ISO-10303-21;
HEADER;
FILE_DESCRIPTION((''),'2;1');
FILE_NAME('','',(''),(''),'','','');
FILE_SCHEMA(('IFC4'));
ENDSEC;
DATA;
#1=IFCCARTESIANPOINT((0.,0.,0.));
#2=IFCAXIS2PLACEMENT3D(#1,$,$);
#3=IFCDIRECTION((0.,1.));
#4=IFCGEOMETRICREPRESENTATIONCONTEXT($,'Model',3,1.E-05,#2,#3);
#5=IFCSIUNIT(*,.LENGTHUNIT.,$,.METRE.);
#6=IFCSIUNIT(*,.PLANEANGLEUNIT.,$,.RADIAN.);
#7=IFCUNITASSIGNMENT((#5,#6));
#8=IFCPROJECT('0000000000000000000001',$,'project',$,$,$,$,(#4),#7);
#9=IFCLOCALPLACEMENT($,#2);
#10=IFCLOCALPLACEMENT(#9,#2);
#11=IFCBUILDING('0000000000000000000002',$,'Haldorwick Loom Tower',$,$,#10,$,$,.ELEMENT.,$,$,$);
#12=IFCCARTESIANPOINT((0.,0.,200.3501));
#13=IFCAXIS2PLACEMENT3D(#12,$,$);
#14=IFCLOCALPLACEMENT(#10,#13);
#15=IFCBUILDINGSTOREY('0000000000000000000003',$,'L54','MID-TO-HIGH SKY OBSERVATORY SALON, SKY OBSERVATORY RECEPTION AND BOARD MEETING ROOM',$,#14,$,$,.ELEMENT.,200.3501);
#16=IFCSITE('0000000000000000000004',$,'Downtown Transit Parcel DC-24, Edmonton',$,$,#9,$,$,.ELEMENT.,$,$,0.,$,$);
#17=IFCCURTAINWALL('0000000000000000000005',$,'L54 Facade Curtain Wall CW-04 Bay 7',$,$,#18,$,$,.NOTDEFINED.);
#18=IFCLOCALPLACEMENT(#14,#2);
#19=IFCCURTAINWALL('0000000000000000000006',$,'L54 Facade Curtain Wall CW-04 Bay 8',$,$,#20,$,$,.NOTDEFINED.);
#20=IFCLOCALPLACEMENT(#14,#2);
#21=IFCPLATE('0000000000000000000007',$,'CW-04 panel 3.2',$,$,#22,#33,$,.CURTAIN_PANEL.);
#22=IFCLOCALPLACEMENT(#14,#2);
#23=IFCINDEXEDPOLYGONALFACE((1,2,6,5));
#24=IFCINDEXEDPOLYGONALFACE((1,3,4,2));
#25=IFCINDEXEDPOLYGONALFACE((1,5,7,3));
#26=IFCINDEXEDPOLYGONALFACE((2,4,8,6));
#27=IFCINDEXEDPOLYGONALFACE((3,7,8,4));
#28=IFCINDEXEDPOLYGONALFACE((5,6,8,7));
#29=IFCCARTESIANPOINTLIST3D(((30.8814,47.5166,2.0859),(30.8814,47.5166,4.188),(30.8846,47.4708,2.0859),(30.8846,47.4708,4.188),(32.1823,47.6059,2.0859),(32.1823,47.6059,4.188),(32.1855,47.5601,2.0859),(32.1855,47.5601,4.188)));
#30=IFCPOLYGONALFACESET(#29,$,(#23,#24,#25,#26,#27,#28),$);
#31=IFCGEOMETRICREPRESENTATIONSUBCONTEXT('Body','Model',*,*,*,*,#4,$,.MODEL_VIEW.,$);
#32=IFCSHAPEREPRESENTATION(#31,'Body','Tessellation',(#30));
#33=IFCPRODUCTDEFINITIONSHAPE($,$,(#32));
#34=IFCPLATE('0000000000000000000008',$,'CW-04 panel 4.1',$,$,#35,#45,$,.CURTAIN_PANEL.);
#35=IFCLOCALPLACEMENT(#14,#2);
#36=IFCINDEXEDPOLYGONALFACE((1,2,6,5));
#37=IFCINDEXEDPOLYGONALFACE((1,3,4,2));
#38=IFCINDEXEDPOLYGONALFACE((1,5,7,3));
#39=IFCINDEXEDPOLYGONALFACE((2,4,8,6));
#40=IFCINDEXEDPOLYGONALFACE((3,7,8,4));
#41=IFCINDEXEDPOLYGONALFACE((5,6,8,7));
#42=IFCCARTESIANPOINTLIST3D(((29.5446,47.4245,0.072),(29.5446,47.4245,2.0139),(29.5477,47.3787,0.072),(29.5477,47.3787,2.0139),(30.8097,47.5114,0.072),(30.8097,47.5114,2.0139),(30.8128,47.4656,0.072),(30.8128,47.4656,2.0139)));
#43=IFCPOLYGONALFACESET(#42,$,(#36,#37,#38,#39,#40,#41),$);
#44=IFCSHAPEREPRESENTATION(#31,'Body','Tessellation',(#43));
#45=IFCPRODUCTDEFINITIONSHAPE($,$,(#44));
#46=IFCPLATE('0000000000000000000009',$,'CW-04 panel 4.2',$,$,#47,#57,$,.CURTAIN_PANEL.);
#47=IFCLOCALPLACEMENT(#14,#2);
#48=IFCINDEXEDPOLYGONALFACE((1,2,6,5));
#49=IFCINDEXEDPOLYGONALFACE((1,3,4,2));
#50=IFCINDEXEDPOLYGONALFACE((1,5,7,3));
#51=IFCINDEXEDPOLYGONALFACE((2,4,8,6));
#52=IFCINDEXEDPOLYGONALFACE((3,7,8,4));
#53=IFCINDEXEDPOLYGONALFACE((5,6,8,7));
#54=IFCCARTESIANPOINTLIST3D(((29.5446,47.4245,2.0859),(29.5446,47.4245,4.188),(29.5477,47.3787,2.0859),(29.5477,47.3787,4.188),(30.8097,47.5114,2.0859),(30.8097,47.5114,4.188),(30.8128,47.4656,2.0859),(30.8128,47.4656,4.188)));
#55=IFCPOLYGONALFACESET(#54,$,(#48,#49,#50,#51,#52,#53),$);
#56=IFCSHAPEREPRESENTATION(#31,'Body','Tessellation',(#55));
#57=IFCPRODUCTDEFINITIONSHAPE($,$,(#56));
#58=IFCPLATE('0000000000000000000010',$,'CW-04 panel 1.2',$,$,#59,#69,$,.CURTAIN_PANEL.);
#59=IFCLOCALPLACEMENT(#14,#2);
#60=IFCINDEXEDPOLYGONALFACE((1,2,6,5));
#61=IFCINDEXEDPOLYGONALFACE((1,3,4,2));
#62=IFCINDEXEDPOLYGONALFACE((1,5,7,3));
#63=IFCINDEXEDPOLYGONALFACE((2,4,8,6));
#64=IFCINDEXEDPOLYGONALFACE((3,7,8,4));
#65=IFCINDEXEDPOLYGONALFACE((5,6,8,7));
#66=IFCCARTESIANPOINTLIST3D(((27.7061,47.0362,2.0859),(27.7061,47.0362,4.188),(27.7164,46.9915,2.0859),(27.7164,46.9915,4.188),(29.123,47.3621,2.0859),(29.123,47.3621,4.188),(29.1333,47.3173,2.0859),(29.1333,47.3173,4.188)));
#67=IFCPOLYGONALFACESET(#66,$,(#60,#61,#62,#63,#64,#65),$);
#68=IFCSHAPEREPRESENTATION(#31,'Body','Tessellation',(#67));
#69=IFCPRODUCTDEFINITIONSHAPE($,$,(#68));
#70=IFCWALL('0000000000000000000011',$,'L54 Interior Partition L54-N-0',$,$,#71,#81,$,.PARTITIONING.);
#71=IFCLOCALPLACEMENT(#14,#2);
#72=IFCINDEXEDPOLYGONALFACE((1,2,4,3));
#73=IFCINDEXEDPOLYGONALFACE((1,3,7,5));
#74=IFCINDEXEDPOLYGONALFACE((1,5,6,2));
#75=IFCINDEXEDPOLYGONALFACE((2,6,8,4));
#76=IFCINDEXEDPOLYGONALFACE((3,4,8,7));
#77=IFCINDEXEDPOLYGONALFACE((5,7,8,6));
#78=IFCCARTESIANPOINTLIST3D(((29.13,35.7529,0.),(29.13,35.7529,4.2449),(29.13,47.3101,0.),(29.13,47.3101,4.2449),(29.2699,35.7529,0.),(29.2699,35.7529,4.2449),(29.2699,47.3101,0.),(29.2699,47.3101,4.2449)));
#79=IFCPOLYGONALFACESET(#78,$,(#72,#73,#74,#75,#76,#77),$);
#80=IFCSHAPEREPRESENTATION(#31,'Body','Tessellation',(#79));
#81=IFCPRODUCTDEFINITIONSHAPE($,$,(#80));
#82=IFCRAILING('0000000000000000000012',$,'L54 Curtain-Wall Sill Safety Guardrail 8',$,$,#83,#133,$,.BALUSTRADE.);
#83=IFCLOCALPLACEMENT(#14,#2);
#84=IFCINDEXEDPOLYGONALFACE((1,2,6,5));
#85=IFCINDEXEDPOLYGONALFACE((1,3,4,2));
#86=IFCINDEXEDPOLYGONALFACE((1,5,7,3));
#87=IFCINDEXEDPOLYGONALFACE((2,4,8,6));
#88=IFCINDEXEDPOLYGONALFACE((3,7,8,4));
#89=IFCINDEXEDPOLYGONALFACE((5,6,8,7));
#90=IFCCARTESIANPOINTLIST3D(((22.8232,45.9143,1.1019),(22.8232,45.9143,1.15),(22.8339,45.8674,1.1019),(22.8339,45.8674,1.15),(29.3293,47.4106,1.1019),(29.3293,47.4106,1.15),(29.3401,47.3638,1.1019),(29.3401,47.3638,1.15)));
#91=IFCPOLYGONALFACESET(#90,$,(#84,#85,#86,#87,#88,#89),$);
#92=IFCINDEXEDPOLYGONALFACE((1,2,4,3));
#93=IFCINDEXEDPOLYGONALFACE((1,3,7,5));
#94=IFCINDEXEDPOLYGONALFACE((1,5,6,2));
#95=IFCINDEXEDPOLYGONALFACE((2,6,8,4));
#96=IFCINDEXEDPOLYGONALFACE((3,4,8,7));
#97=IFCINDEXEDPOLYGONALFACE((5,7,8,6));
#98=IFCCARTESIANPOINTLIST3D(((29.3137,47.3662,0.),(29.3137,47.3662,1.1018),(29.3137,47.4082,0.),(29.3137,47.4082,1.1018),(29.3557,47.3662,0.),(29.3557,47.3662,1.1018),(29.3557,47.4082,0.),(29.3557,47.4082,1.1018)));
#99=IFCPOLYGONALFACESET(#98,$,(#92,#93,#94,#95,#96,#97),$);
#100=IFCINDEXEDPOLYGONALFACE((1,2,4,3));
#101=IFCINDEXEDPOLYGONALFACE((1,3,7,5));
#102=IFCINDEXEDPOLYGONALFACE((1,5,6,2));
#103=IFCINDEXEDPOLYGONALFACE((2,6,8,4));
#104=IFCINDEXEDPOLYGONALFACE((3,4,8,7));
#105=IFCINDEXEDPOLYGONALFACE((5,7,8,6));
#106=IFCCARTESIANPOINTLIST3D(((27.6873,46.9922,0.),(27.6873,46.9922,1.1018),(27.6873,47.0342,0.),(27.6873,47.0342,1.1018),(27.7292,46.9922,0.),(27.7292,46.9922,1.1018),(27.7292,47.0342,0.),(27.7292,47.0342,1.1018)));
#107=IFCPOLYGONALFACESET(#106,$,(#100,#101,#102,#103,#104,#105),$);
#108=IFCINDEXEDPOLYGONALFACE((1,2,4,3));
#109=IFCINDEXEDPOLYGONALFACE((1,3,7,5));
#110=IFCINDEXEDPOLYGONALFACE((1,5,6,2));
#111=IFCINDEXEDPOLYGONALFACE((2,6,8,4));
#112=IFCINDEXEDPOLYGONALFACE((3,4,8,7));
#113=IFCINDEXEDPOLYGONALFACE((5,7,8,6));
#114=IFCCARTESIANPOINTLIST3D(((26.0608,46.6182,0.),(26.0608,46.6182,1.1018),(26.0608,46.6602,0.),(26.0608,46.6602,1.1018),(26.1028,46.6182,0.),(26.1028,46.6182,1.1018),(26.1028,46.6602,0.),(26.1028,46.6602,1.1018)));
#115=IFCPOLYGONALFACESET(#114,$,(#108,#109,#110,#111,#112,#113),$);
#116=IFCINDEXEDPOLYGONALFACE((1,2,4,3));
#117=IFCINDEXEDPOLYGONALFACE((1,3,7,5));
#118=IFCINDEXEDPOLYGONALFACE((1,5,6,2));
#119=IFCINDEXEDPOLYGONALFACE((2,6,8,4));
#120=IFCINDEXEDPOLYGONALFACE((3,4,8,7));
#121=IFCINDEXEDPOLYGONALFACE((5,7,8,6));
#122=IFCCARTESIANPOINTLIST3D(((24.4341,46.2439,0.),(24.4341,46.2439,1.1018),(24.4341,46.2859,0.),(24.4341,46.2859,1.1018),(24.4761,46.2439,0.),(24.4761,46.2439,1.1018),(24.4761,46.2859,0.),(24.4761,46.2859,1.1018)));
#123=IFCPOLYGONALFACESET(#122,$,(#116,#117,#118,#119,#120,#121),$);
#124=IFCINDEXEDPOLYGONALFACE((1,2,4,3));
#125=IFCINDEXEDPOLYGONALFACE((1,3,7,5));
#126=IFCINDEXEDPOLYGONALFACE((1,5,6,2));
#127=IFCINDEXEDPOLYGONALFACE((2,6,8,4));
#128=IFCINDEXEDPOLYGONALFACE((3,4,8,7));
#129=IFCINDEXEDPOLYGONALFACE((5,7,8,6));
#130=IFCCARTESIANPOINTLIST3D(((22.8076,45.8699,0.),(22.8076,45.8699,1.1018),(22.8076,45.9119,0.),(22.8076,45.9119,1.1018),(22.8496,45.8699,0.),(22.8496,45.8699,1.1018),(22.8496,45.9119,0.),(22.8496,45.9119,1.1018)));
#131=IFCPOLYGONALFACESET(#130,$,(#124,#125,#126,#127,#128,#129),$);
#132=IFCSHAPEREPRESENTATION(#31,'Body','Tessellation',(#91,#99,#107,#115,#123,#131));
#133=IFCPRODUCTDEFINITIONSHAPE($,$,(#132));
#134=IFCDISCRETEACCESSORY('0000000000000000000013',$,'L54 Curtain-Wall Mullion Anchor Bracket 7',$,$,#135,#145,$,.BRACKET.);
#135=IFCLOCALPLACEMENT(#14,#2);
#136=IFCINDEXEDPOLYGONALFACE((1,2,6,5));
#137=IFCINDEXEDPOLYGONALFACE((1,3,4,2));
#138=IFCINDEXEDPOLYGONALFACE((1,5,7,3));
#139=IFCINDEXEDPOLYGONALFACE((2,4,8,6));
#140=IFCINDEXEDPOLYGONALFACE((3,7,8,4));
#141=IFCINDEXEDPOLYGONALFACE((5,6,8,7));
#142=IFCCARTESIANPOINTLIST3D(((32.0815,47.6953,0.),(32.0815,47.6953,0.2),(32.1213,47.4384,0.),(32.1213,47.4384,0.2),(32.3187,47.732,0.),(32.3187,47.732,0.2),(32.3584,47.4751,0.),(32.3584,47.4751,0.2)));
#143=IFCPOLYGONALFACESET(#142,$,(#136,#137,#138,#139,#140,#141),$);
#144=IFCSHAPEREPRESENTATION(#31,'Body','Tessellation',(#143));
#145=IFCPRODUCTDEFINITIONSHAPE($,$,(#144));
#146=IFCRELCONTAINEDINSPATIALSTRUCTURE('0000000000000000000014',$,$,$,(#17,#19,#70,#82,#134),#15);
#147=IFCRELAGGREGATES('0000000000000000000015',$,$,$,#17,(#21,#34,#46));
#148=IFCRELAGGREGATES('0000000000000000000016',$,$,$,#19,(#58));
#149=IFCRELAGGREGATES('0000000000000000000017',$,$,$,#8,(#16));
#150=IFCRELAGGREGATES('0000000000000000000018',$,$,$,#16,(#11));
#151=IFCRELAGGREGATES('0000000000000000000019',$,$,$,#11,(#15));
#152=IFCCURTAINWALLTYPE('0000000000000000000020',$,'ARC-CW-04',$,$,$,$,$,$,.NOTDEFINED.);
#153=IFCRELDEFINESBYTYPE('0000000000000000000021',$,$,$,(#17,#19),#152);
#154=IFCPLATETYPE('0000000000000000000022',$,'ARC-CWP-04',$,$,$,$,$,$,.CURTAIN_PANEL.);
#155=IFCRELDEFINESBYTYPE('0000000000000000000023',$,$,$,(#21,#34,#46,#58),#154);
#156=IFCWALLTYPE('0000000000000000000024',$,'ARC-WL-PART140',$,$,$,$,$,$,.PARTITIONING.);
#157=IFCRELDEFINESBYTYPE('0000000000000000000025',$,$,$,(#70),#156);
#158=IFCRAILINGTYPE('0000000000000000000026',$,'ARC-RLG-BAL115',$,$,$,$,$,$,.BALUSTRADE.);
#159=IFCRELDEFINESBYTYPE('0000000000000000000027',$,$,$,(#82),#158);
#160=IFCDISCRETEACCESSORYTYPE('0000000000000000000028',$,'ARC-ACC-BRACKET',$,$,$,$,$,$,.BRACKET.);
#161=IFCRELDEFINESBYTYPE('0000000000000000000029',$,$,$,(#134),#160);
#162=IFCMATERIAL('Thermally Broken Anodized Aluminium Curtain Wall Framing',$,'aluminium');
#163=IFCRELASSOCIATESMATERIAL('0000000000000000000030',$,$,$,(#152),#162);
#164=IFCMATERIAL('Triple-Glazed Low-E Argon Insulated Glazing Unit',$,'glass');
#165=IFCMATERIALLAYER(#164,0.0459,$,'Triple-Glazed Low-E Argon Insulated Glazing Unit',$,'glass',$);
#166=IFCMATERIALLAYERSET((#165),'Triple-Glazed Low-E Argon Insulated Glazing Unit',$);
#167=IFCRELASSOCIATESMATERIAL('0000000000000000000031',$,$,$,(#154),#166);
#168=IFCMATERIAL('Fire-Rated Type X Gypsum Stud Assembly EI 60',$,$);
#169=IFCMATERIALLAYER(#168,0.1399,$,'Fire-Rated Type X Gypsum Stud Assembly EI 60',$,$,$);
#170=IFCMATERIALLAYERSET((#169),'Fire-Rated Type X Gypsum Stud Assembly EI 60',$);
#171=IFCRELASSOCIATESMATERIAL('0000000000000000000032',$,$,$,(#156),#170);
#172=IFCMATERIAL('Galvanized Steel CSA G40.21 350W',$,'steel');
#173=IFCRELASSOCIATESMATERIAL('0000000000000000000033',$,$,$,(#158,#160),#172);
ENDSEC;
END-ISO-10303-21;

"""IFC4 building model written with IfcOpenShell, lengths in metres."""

from ifc_helpers import new_model, si_unit, direction, frame, frame_2d, origin, origin_2d, place, context, subcontext, project, spatial, rectangle, extrude, material, layer, layer_set, type_object, element, aggregate, save


model = new_model("IFC4")

# Units and contexts
model_context = context("Model", 3, precision=1e-05, world=origin(), true_north=direction((0.0, 1.0)))
body_context = subcontext(model_context, "Body", "Model", "MODEL_VIEW")
ifc_project = project(units=[si_unit("LENGTHUNIT", "METRE"), si_unit("PLANEANGLEUNIT", "RADIAN")], contexts=[model_context])

# Site, building, storey
site_placement = place(None, origin())
site = spatial("IfcSite", under=ifc_project, at=site_placement, Name="Downtown Transit Parcel DC-24, Edmonton", CompositionType="ELEMENT", RefElevation=0.0)
building_placement = place(site_placement, origin())
building = spatial("IfcBuilding", under=site, at=building_placement, Name="Haldorwick Loom Tower", CompositionType="ELEMENT")
storey_placement = place(building_placement, frame((0.0, 0.0, 200.3501)))
storey = spatial("IfcBuildingStorey", under=building, at=storey_placement, Name="L54", Description="MID-TO-HIGH SKY OBSERVATORY SALON, SKY OBSERVATORY RECEPTION AND BOARD MEETING ROOM", CompositionType="ELEMENT", Elevation=200.3501)

# Curtain wall
ifc_material_1 = material(Name="Thermally Broken Anodized Aluminium Curtain Wall Framing", Category="aluminium")
curtain_wall_type = type_object("IfcCurtainWallType", Name="ARC-CW-04", PredefinedType="NOTDEFINED", material=ifc_material_1)
curtain_wall_1_placement = place(storey_placement, origin())
curtain_wall_1 = element("IfcCurtainWall", 1, at=curtain_wall_1_placement, inside=storey, type_object=curtain_wall_type, Name="L54 Facade Curtain Wall CW-04 Bay 7", PredefinedType="NOTDEFINED")

# Curtain wall
curtain_wall_2_placement = place(storey_placement, origin())
curtain_wall_2 = element("IfcCurtainWall", 2, at=curtain_wall_2_placement, inside=storey, type_object=curtain_wall_type, Name="L54 Facade Curtain Wall CW-04 Bay 8", PredefinedType="NOTDEFINED")

# Plates
ifc_material_2 = material(Name="Triple-Glazed Low-E Argon Insulated Glazing Unit", Category="glass")
ifc_layer_1 = layer(ifc_material_2, 0.0459, Name="Triple-Glazed Low-E Argon Insulated Glazing Unit", Category="glass")
ifc_layer_set_1 = layer_set([ifc_layer_1], Name="Triple-Glazed Low-E Argon Insulated Glazing Unit")
plate_type = type_object("IfcPlateType", Name="ARC-CWP-04", PredefinedType="CURTAIN_PANEL", material=ifc_layer_set_1)
plate_1_placement = place(storey_placement, frame((31.5334, 47.5383, 2.0859), z_axis=(0.0, 0.0, 1.0), x_axis=(-0.99765, -0.068513, 0.0)))
plate_1 = element("IfcPlate", 3, at=plate_1_placement, type_object=plate_type, Name="CW-04 panel 3.2", PredefinedType="CURTAIN_PANEL", context=body_context, shape_type="SweptSolid", body=[
    extrude(rectangle(XDim=1.304, YDim=0.0459, at=origin_2d()), origin(), (0.0, 0.0, 1.0), 2.1021),
])
plate_2_placement = place(storey_placement, frame((30.1787, 47.4451, 0.072), z_axis=(0.0, 0.0, 1.0), x_axis=(-0.99765, -0.068513, 0.0)))
plate_2 = element("IfcPlate", 4, at=plate_2_placement, type_object=plate_type, Name="CW-04 panel 4.1", PredefinedType="CURTAIN_PANEL", context=body_context, shape_type="SweptSolid", body=[
    extrude(rectangle(XDim=1.2681, YDim=0.0459, at=origin_2d()), origin(), (0.0, 0.0, 1.0), 1.9419),
])
plate_3_placement = place(storey_placement, frame((30.1787, 47.4451, 2.0859), z_axis=(0.0, 0.0, 1.0), x_axis=(-0.99765, -0.068513, 0.0)))
plate_3 = element("IfcPlate", 5, at=plate_3_placement, type_object=plate_type, Name="CW-04 panel 4.2", PredefinedType="CURTAIN_PANEL", context=body_context, shape_type="SweptSolid", body=[
    extrude(rectangle(XDim=1.2681, YDim=0.0459, at=origin_2d()), origin(), (0.0, 0.0, 1.0), 2.1021),
])
aggregate(curtain_wall_1, [plate_1, plate_2, plate_3])
plate_4_placement = place(storey_placement, frame((28.4197, 47.1768, 2.0859), z_axis=(0.0, 0.0, 1.0), x_axis=(-0.974557, -0.224142, 0.0)))
plate_4 = element("IfcPlate", 6, at=plate_4_placement, type_object=plate_type, Name="CW-04 panel 1.2", PredefinedType="CURTAIN_PANEL", context=body_context, shape_type="SweptSolid", body=[
    extrude(rectangle(XDim=1.4539, YDim=0.0459, at=origin_2d()), origin(), (0.0, 0.0, 1.0), 2.1021),
])
aggregate(curtain_wall_2, [plate_4])

# Wall
ifc_material_3 = material(Name="Fire-Rated Type X Gypsum Stud Assembly EI 60")
ifc_layer_2 = layer(ifc_material_3, 0.1399, Name="Fire-Rated Type X Gypsum Stud Assembly EI 60")
ifc_layer_set_2 = layer_set([ifc_layer_2], Name="Fire-Rated Type X Gypsum Stud Assembly EI 60")
wall_type = type_object("IfcWallType", Name="ARC-WL-PART140", PredefinedType="PARTITIONING", material=ifc_layer_set_2)
wall_placement = place(storey_placement, frame((29.2, 35.7529, 0.0), z_axis=(0.0, 0.0, 1.0), x_axis=(0.0, 1.0, 0.0)))
element("IfcWall", 7, at=wall_placement, inside=storey, type_object=wall_type, Name="L54 Interior Partition L54-N-0", PredefinedType="PARTITIONING", context=body_context, shape_type="SweptSolid", body=[
    extrude(rectangle(XDim=11.5571, YDim=0.1399, at=frame_2d((5.7786, 0.0))), origin(), (0.0, 0.0, 1.0), 4.2449),
])

# Railing
ifc_material_4 = material(Name="Galvanized Steel CSA G40.21 350W", Category="steel")
railing_type = type_object("IfcRailingType", Name="ARC-RLG-BAL115", PredefinedType="BALUSTRADE", material=ifc_material_4)
railing_placement = place(storey_placement, frame((29.3347, 47.3872, 0.0)))
element("IfcRailing", 8, at=railing_placement, inside=storey, type_object=railing_type, Name="L54 Curtain-Wall Sill Safety Guardrail 8", PredefinedType="BALUSTRADE", context=body_context, shape_type="SweptSolid", body=[
    extrude(rectangle(XDim=0.0481, YDim=0.0481, at=origin_2d()), frame((0.0, 0.0, 1.126), z_axis=(-0.974557, -0.224138, 0.0), x_axis=(0.224138, -0.974557, 0.0)), (0.0, 0.0, 1.0), 6.676),
    extrude(rectangle(XDim=0.042, YDim=0.042, at=origin_2d()), origin(), (0.0, 0.0, 1.0), 1.1018),
    extrude(rectangle(XDim=0.042, YDim=0.042, at=origin_2d()), frame((-1.6265, -0.374, 0.0)), (0.0, 0.0, 1.0), 1.1018),
    extrude(rectangle(XDim=0.042, YDim=0.042, at=origin_2d()), frame((-3.2529, -0.748, 0.0)), (0.0, 0.0, 1.0), 1.1018),
    extrude(rectangle(XDim=0.042, YDim=0.042, at=origin_2d()), frame((-4.8796, -1.1223, 0.0)), (0.0, 0.0, 1.0), 1.1018),
    extrude(rectangle(XDim=0.042, YDim=0.042, at=origin_2d()), frame((-6.5061, -1.4963, 0.0)), (0.0, 0.0, 1.0), 1.1018),
])

# Discrete accessory
discrete_accessory_type = type_object("IfcDiscreteAccessoryType", Name="ARC-ACC-BRACKET", PredefinedType="BRACKET", material=ifc_material_4)
discrete_accessory_placement = place(storey_placement, frame((32.22, 47.5852, 0.0), z_axis=(0.0, 0.0, 1.0), x_axis=(-0.152986, 0.988228, 0.0)))
element("IfcDiscreteAccessory", 9, at=discrete_accessory_placement, inside=storey, type_object=discrete_accessory_type, Name="L54 Curtain-Wall Mullion Anchor Bracket 7", PredefinedType="BRACKET", context=body_context, shape_type="SweptSolid", body=[
    extrude(rectangle(XDim=0.26, YDim=0.24, at=origin_2d()), origin(), (0.0, 0.0, 1.0), 0.2),
])

save(model, "model.ifc")
